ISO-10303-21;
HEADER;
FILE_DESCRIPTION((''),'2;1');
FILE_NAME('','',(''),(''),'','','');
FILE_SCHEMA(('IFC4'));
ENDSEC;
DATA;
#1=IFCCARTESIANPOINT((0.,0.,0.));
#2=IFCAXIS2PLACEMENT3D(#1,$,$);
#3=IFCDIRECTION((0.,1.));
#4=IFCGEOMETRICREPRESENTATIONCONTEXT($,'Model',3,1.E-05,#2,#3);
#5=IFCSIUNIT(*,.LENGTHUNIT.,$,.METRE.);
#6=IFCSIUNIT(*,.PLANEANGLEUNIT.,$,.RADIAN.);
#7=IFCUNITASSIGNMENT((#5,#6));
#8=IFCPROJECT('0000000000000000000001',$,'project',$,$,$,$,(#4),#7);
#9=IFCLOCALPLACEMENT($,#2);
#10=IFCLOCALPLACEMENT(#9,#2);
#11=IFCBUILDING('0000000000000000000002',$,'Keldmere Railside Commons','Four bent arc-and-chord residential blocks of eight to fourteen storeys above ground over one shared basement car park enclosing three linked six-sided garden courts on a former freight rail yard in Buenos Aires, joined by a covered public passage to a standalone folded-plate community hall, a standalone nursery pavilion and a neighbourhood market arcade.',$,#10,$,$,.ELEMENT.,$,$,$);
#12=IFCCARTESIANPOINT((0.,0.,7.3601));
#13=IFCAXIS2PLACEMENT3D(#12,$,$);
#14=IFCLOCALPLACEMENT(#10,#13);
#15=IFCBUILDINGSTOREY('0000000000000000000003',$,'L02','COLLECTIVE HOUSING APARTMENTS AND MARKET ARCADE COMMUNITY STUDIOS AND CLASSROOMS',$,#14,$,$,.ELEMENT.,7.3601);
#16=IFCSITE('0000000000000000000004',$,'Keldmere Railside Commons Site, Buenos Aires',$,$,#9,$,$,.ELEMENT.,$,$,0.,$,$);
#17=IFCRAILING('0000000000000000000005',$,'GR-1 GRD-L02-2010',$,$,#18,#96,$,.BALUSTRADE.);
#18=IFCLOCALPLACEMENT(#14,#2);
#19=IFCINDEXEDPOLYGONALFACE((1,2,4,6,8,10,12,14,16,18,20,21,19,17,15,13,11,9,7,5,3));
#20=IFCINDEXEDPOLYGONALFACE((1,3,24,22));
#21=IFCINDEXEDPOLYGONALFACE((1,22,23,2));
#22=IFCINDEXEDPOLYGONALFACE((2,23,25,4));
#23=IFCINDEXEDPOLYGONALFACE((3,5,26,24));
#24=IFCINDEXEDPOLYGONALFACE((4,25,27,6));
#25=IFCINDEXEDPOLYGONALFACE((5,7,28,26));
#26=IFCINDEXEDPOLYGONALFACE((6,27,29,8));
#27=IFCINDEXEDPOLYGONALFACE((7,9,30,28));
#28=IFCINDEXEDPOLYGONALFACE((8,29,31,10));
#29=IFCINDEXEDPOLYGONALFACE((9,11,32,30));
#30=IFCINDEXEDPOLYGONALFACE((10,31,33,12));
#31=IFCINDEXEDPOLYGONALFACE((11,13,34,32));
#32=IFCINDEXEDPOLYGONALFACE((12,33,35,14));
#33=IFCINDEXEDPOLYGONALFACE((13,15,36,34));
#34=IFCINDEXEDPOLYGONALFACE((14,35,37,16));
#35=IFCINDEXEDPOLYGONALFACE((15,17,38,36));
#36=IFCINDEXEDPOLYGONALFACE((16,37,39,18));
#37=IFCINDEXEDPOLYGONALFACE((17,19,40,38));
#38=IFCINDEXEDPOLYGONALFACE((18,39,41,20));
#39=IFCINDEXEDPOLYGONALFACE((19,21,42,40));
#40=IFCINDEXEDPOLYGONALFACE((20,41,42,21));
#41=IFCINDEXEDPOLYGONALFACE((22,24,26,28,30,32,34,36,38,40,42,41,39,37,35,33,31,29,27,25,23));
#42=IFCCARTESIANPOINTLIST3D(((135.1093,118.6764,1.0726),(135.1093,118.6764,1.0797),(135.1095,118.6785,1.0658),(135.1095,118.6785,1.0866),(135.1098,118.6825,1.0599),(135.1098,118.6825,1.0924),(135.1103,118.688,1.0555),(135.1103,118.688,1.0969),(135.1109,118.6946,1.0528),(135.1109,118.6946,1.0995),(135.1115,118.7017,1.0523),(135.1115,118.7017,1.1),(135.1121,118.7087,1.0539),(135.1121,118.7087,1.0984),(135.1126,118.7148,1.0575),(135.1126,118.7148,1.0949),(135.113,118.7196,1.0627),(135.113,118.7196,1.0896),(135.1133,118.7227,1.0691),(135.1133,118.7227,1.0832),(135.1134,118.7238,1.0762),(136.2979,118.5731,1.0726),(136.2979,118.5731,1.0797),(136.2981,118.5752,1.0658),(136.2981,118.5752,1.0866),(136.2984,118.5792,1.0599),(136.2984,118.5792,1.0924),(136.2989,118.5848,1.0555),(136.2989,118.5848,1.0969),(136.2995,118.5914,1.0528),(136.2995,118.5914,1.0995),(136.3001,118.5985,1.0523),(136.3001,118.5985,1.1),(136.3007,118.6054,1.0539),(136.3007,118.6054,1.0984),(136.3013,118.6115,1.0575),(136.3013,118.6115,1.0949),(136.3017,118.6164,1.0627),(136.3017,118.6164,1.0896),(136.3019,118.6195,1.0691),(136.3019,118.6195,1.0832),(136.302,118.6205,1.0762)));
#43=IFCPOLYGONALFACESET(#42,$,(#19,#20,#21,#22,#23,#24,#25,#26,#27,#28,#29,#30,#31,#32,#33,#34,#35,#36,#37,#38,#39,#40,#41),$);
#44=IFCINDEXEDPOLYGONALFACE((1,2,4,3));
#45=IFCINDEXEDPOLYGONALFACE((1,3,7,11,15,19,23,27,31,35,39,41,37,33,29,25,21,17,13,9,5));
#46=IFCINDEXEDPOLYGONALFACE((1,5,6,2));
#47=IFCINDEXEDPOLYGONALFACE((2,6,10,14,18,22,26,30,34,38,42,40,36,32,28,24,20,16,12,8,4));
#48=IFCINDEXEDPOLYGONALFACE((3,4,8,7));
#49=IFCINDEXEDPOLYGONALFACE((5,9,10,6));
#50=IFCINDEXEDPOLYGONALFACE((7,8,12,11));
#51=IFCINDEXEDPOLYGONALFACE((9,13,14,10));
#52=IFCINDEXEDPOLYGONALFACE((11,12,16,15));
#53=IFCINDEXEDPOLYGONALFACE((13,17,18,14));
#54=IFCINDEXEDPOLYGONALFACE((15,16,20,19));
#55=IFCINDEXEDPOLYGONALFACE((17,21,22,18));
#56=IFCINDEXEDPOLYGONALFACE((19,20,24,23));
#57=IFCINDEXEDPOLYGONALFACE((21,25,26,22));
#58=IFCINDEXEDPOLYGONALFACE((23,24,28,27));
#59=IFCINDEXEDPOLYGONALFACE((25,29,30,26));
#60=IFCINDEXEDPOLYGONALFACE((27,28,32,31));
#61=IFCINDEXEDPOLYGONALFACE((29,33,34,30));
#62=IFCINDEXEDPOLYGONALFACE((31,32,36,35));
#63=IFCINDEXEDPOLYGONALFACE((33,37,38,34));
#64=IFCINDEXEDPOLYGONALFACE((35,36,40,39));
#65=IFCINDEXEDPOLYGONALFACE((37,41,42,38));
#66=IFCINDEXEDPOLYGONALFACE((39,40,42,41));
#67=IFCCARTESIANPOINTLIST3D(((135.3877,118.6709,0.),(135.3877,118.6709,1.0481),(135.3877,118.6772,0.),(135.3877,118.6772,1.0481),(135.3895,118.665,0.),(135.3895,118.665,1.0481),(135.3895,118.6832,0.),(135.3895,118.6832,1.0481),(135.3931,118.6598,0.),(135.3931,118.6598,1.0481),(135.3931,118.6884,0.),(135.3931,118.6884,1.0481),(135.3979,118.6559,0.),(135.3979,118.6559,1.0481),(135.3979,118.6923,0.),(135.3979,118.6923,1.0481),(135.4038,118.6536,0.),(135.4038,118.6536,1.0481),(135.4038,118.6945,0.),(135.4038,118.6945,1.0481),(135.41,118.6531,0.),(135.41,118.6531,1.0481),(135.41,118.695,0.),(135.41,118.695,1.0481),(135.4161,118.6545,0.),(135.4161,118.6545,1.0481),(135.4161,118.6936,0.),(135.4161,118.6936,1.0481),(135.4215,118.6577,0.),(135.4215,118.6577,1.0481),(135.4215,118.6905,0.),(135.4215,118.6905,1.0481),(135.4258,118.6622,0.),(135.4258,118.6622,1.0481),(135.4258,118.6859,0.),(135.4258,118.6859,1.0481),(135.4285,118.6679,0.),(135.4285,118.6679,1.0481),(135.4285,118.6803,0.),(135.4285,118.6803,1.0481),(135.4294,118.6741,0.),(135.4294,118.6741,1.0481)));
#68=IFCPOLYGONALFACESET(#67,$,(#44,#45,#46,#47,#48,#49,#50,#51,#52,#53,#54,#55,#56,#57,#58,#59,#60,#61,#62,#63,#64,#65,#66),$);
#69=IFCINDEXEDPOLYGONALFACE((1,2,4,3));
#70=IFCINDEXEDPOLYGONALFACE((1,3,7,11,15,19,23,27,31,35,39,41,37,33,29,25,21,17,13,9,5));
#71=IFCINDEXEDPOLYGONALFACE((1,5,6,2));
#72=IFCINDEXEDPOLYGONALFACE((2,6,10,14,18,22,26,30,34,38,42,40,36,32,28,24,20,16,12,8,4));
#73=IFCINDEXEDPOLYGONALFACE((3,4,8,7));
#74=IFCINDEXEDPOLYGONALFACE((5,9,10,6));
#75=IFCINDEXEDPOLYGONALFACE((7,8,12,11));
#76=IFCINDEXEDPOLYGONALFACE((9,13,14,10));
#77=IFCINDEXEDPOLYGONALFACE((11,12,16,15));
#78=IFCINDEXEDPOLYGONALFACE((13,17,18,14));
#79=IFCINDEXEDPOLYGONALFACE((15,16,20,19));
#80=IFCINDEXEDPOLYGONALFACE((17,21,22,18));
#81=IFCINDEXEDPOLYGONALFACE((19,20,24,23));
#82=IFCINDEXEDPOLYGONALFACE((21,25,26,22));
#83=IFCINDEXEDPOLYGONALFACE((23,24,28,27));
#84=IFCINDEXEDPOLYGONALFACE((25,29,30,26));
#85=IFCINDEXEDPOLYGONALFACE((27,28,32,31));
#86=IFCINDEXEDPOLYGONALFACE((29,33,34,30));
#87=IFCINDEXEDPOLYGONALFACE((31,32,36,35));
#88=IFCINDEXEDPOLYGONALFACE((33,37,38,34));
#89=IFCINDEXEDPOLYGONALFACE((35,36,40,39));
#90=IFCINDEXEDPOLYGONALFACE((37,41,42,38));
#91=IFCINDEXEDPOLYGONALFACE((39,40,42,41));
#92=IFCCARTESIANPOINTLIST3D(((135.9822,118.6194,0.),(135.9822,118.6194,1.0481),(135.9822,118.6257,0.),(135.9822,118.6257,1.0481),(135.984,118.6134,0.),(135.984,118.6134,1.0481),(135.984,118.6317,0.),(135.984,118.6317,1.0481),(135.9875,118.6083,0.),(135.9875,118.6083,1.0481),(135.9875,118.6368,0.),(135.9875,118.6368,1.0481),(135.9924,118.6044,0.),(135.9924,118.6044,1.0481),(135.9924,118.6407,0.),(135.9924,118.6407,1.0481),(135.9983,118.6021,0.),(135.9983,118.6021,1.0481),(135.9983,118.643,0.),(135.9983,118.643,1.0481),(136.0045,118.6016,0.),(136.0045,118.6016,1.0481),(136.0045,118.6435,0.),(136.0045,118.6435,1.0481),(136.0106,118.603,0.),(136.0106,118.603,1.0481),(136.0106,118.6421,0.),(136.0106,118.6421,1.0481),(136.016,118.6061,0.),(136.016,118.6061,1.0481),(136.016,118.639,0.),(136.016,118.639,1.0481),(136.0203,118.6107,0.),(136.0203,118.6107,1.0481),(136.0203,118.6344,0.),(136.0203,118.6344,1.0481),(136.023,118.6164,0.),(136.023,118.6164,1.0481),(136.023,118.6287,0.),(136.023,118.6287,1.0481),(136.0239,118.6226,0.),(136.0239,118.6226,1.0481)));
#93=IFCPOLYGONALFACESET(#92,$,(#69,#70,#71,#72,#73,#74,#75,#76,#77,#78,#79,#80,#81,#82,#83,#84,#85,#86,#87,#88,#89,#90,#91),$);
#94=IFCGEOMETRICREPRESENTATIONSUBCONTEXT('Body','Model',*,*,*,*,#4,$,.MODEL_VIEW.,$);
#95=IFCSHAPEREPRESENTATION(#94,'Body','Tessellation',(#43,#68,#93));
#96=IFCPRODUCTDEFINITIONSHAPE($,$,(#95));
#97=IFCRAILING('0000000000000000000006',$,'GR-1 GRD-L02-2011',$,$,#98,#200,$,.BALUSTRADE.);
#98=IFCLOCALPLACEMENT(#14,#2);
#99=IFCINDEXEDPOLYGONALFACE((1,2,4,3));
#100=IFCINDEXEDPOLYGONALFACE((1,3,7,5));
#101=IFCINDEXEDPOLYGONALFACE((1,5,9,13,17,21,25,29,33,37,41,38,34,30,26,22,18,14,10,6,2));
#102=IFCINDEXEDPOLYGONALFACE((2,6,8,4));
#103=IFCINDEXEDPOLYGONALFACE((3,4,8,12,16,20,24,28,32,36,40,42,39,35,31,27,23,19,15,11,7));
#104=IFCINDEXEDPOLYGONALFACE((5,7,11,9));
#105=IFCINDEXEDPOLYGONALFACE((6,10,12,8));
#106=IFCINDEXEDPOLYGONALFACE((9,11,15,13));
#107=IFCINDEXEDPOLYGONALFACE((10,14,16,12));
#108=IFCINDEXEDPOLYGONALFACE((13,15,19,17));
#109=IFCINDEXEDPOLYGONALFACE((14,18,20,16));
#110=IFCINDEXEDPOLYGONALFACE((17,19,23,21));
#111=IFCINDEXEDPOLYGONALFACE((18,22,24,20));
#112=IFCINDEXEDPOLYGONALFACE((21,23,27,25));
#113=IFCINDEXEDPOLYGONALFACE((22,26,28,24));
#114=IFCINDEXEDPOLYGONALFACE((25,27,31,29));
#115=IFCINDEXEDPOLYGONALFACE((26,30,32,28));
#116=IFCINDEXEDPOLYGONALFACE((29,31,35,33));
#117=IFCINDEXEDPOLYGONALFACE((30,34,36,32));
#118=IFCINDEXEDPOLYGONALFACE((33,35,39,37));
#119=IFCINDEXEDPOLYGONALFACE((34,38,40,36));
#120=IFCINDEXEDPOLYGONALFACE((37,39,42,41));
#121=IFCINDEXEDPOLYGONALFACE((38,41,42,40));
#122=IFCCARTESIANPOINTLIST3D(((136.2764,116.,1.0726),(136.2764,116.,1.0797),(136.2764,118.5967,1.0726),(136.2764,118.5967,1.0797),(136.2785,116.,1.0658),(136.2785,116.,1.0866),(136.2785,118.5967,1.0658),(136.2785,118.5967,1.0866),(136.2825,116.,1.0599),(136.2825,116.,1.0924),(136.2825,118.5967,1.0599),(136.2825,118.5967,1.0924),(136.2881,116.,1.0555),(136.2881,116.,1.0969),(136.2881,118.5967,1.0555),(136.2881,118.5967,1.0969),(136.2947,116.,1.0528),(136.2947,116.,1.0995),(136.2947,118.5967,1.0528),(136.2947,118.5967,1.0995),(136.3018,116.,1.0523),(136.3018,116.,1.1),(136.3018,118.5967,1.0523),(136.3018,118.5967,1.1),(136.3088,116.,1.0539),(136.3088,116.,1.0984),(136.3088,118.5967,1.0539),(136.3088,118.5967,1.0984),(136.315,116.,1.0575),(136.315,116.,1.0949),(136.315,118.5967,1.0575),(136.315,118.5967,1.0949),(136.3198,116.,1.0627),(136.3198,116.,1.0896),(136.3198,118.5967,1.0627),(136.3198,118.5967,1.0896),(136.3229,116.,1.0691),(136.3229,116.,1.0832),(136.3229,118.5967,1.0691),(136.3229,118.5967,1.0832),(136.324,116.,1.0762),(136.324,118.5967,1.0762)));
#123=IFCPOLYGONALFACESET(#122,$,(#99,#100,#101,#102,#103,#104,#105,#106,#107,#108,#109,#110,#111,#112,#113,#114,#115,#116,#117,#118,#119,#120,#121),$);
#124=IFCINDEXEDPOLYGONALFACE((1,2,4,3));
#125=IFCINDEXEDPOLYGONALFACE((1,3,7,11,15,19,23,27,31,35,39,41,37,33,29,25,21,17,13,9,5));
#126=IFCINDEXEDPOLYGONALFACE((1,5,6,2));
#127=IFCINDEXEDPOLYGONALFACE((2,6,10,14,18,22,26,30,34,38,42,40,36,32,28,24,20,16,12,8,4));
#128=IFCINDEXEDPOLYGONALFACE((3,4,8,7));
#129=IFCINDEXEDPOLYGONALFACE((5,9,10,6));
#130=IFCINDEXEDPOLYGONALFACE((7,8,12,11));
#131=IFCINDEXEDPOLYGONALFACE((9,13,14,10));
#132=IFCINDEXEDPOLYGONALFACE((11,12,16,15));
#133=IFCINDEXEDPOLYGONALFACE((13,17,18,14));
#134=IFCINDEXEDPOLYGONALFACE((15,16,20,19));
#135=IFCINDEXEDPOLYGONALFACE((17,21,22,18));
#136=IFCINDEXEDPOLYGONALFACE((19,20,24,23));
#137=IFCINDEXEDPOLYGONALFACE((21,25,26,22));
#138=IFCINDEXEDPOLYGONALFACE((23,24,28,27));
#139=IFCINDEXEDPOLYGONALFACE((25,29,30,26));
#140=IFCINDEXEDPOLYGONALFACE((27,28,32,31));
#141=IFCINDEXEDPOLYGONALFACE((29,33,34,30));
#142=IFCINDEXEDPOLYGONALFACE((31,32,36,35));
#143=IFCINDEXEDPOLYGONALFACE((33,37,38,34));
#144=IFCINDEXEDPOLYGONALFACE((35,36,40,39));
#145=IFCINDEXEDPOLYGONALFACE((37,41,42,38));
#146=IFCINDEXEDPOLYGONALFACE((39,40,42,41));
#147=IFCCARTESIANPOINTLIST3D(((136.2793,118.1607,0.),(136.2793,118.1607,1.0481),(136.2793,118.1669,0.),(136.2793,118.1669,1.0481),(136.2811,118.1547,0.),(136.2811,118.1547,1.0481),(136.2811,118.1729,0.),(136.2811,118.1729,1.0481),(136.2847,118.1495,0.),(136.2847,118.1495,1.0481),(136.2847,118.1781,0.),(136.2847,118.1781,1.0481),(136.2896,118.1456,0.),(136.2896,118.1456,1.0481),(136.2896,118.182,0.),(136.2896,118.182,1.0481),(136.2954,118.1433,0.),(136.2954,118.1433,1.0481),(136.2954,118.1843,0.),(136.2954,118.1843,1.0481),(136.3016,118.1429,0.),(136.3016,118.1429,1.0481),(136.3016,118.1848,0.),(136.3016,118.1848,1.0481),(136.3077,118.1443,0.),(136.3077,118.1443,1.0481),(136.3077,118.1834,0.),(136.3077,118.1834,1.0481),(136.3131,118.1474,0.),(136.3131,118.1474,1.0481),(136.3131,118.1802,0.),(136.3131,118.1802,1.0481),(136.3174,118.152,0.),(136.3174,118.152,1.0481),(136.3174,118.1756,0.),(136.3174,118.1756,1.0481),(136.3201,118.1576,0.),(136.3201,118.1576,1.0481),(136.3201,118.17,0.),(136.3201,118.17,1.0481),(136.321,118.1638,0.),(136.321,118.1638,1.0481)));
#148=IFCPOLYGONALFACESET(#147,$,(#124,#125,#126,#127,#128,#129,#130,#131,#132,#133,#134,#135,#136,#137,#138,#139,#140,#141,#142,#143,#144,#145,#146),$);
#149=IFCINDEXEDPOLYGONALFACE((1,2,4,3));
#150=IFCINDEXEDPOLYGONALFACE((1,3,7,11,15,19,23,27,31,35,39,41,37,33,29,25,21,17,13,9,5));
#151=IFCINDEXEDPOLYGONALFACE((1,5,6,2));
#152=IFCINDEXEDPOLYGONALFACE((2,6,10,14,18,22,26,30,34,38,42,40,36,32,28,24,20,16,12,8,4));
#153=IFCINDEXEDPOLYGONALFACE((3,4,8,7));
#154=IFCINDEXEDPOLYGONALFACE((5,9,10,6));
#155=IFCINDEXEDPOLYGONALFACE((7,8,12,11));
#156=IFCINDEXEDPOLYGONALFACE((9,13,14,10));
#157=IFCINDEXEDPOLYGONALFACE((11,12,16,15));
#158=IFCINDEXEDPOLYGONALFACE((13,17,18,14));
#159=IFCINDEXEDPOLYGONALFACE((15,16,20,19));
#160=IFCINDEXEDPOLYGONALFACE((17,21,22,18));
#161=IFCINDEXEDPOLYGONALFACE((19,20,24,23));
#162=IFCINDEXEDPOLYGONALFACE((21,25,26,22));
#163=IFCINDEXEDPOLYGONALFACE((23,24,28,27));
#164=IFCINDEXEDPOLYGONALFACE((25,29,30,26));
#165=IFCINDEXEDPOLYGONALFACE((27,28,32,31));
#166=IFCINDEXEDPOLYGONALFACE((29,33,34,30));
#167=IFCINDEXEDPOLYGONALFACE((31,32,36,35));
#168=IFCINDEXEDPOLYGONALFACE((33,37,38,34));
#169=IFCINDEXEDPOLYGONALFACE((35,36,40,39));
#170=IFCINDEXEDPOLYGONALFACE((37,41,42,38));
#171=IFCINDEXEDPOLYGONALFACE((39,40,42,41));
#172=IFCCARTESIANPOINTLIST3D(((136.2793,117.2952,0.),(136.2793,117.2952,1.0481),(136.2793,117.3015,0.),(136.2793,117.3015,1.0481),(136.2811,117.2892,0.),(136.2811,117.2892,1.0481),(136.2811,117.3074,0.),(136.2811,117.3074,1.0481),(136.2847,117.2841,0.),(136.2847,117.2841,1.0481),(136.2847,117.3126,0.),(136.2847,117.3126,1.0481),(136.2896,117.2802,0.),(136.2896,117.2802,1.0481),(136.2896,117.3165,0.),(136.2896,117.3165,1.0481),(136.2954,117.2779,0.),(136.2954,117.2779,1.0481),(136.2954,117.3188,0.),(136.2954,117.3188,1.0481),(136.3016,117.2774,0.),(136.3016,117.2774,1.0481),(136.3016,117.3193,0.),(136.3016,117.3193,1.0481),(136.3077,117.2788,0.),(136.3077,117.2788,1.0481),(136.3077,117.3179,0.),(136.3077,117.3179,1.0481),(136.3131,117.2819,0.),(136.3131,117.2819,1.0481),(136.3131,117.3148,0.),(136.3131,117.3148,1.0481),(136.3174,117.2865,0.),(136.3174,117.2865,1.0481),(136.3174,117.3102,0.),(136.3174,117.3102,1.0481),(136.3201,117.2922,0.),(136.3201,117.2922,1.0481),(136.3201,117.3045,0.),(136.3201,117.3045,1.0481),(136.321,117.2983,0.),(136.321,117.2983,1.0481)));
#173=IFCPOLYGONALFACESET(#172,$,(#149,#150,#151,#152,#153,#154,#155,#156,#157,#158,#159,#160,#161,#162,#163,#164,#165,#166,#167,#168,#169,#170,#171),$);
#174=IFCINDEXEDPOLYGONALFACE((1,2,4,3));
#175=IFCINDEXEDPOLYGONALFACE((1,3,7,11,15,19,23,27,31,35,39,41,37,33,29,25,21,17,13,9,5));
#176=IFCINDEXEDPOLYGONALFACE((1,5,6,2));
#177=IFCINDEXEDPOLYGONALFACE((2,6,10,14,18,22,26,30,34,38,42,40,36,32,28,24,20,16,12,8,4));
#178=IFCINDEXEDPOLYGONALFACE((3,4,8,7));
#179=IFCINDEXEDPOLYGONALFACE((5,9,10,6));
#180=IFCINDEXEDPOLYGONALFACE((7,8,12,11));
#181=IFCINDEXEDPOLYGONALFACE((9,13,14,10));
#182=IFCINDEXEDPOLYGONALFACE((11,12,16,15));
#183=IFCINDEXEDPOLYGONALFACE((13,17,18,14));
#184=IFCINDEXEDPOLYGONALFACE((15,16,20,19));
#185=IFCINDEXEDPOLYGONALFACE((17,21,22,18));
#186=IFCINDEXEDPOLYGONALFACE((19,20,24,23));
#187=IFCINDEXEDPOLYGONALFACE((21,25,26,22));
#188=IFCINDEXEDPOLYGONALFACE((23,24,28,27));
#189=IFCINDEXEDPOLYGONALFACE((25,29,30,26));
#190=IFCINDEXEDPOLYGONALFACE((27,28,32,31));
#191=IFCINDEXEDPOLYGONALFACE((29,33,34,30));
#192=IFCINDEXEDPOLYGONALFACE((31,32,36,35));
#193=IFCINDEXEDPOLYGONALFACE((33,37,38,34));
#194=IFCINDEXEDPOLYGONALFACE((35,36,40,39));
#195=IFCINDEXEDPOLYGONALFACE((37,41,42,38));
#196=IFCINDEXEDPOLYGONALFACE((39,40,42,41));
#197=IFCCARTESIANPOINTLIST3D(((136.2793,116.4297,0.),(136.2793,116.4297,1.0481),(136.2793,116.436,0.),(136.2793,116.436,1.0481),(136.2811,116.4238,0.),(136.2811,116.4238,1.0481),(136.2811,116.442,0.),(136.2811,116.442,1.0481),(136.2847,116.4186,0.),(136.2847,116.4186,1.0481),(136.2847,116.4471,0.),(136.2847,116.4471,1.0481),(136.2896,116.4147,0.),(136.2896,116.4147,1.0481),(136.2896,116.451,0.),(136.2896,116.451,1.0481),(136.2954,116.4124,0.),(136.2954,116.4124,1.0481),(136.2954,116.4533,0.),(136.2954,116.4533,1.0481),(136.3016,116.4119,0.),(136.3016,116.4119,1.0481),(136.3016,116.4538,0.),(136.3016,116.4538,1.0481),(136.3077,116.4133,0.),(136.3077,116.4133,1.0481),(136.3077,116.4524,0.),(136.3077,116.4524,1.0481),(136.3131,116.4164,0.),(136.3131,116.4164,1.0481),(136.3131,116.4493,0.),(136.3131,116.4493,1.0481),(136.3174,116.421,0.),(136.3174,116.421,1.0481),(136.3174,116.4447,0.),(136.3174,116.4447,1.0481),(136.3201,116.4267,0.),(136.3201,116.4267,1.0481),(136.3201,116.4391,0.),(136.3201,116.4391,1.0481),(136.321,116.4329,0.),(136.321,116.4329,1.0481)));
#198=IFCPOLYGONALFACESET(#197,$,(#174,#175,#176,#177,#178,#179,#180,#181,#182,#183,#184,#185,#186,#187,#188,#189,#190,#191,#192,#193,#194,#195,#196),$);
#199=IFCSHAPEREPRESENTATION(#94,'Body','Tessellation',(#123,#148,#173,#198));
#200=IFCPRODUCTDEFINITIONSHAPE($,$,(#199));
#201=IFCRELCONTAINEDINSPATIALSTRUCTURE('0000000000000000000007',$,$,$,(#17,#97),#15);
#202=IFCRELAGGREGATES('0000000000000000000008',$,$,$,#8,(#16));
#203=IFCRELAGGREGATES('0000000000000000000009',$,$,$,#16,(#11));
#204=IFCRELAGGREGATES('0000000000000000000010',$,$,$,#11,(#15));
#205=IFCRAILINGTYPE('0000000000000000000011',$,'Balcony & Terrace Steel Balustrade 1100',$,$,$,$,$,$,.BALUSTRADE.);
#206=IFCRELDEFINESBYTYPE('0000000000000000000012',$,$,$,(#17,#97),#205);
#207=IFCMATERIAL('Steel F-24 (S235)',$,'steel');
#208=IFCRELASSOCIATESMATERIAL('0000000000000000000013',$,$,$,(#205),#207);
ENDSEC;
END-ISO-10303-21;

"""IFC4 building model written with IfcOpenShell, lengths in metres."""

from ifc_helpers import new_model, si_unit, direction, frame, origin, origin_2d, place, context, subcontext, project, spatial, circle, extrude, material, type_object, element, save


model = new_model("IFC4")

# Units and contexts
model_context = context("Model", 3, precision=1e-05, world=origin(), true_north=direction((0.0, 1.0)))
body_context = subcontext(model_context, "Body", "Model", "MODEL_VIEW")
ifc_project = project(units=[si_unit("LENGTHUNIT", "METRE"), si_unit("PLANEANGLEUNIT", "RADIAN")], contexts=[model_context])

# Site, building, storey
site_placement = place(None, origin())
site = spatial("IfcSite", under=ifc_project, at=site_placement, Name="Keldmere Railside Commons Site, Buenos Aires", CompositionType="ELEMENT", RefElevation=0.0)
building_placement = place(site_placement, origin())
building = spatial("IfcBuilding", under=site, at=building_placement, Name="Keldmere Railside Commons", Description="Four bent arc-and-chord residential blocks of eight to fourteen storeys above ground over one shared basement car park enclosing three linked six-sided garden courts on a former freight rail yard in Buenos Aires, joined by a covered public passage to a standalone folded-plate community hall, a standalone nursery pavilion and a neighbourhood market arcade.", CompositionType="ELEMENT")
storey_placement = place(building_placement, frame((0.0, 0.0, 7.3601)))
storey = spatial("IfcBuildingStorey", under=building, at=storey_placement, Name="L02", Description="COLLECTIVE HOUSING APARTMENTS AND MARKET ARCADE COMMUNITY STUDIOS AND CLASSROOMS", CompositionType="ELEMENT", Elevation=7.3601)

# Railings
ifc_material_1 = material(Name="Steel F-24 (S235)", Category="steel")
railing_type = type_object("IfcRailingType", Name="Balcony & Terrace Steel Balustrade 1100", PredefinedType="BALUSTRADE", material=ifc_material_1)
railing_1_placement = place(storey_placement, frame((135.1113, 118.7, 0.0)))
element("IfcRailing", 1, at=railing_1_placement, inside=storey, type_object=railing_type, Name="GR-1 GRD-L02-2010", PredefinedType="BALUSTRADE", context=body_context, shape_type="SweptSolid", body=[
    extrude(circle(Radius=0.0239, at=origin_2d()), frame((0.0, 0.0, 1.0762), z_axis=(0.996247, -0.08655, 0.0), x_axis=(0.08655, 0.996247, 0.0)), (0.0, 0.0, 1.0), 1.1931),
    extrude(circle(Radius=0.021, at=origin_2d()), frame((0.2971, -0.0259, 0.0)), (0.0, 0.0, 1.0), 1.0481),
    extrude(circle(Radius=0.021, at=origin_2d()), frame((0.8916, -0.0774, 0.0)), (0.0, 0.0, 1.0), 1.0481),
])
railing_2_placement = place(storey_placement, frame((136.3, 118.5967, 0.0)))
element("IfcRailing", 2, at=railing_2_placement, inside=storey, type_object=railing_type, Name="GR-1 GRD-L02-2011", PredefinedType="BALUSTRADE", context=body_context, shape_type="SweptSolid", body=[
    extrude(circle(Radius=0.0239, at=origin_2d()), frame((0.0, 0.0, 1.0762), z_axis=(0.0, -1.0, 0.0), x_axis=(1.0, 0.0, 0.0)), (0.0, 0.0, 1.0), 2.5967),
    extrude(circle(Radius=0.021, at=origin_2d()), frame((0.0, -0.4329, 0.0)), (0.0, 0.0, 1.0), 1.0481),
    extrude(circle(Radius=0.021, at=origin_2d()), frame((0.0, -1.2983, 0.0)), (0.0, 0.0, 1.0), 1.0481),
    extrude(circle(Radius=0.021, at=origin_2d()), frame((0.0, -2.1638, 0.0)), (0.0, 0.0, 1.0), 1.0481),
])

save(model, "model.ifc")
